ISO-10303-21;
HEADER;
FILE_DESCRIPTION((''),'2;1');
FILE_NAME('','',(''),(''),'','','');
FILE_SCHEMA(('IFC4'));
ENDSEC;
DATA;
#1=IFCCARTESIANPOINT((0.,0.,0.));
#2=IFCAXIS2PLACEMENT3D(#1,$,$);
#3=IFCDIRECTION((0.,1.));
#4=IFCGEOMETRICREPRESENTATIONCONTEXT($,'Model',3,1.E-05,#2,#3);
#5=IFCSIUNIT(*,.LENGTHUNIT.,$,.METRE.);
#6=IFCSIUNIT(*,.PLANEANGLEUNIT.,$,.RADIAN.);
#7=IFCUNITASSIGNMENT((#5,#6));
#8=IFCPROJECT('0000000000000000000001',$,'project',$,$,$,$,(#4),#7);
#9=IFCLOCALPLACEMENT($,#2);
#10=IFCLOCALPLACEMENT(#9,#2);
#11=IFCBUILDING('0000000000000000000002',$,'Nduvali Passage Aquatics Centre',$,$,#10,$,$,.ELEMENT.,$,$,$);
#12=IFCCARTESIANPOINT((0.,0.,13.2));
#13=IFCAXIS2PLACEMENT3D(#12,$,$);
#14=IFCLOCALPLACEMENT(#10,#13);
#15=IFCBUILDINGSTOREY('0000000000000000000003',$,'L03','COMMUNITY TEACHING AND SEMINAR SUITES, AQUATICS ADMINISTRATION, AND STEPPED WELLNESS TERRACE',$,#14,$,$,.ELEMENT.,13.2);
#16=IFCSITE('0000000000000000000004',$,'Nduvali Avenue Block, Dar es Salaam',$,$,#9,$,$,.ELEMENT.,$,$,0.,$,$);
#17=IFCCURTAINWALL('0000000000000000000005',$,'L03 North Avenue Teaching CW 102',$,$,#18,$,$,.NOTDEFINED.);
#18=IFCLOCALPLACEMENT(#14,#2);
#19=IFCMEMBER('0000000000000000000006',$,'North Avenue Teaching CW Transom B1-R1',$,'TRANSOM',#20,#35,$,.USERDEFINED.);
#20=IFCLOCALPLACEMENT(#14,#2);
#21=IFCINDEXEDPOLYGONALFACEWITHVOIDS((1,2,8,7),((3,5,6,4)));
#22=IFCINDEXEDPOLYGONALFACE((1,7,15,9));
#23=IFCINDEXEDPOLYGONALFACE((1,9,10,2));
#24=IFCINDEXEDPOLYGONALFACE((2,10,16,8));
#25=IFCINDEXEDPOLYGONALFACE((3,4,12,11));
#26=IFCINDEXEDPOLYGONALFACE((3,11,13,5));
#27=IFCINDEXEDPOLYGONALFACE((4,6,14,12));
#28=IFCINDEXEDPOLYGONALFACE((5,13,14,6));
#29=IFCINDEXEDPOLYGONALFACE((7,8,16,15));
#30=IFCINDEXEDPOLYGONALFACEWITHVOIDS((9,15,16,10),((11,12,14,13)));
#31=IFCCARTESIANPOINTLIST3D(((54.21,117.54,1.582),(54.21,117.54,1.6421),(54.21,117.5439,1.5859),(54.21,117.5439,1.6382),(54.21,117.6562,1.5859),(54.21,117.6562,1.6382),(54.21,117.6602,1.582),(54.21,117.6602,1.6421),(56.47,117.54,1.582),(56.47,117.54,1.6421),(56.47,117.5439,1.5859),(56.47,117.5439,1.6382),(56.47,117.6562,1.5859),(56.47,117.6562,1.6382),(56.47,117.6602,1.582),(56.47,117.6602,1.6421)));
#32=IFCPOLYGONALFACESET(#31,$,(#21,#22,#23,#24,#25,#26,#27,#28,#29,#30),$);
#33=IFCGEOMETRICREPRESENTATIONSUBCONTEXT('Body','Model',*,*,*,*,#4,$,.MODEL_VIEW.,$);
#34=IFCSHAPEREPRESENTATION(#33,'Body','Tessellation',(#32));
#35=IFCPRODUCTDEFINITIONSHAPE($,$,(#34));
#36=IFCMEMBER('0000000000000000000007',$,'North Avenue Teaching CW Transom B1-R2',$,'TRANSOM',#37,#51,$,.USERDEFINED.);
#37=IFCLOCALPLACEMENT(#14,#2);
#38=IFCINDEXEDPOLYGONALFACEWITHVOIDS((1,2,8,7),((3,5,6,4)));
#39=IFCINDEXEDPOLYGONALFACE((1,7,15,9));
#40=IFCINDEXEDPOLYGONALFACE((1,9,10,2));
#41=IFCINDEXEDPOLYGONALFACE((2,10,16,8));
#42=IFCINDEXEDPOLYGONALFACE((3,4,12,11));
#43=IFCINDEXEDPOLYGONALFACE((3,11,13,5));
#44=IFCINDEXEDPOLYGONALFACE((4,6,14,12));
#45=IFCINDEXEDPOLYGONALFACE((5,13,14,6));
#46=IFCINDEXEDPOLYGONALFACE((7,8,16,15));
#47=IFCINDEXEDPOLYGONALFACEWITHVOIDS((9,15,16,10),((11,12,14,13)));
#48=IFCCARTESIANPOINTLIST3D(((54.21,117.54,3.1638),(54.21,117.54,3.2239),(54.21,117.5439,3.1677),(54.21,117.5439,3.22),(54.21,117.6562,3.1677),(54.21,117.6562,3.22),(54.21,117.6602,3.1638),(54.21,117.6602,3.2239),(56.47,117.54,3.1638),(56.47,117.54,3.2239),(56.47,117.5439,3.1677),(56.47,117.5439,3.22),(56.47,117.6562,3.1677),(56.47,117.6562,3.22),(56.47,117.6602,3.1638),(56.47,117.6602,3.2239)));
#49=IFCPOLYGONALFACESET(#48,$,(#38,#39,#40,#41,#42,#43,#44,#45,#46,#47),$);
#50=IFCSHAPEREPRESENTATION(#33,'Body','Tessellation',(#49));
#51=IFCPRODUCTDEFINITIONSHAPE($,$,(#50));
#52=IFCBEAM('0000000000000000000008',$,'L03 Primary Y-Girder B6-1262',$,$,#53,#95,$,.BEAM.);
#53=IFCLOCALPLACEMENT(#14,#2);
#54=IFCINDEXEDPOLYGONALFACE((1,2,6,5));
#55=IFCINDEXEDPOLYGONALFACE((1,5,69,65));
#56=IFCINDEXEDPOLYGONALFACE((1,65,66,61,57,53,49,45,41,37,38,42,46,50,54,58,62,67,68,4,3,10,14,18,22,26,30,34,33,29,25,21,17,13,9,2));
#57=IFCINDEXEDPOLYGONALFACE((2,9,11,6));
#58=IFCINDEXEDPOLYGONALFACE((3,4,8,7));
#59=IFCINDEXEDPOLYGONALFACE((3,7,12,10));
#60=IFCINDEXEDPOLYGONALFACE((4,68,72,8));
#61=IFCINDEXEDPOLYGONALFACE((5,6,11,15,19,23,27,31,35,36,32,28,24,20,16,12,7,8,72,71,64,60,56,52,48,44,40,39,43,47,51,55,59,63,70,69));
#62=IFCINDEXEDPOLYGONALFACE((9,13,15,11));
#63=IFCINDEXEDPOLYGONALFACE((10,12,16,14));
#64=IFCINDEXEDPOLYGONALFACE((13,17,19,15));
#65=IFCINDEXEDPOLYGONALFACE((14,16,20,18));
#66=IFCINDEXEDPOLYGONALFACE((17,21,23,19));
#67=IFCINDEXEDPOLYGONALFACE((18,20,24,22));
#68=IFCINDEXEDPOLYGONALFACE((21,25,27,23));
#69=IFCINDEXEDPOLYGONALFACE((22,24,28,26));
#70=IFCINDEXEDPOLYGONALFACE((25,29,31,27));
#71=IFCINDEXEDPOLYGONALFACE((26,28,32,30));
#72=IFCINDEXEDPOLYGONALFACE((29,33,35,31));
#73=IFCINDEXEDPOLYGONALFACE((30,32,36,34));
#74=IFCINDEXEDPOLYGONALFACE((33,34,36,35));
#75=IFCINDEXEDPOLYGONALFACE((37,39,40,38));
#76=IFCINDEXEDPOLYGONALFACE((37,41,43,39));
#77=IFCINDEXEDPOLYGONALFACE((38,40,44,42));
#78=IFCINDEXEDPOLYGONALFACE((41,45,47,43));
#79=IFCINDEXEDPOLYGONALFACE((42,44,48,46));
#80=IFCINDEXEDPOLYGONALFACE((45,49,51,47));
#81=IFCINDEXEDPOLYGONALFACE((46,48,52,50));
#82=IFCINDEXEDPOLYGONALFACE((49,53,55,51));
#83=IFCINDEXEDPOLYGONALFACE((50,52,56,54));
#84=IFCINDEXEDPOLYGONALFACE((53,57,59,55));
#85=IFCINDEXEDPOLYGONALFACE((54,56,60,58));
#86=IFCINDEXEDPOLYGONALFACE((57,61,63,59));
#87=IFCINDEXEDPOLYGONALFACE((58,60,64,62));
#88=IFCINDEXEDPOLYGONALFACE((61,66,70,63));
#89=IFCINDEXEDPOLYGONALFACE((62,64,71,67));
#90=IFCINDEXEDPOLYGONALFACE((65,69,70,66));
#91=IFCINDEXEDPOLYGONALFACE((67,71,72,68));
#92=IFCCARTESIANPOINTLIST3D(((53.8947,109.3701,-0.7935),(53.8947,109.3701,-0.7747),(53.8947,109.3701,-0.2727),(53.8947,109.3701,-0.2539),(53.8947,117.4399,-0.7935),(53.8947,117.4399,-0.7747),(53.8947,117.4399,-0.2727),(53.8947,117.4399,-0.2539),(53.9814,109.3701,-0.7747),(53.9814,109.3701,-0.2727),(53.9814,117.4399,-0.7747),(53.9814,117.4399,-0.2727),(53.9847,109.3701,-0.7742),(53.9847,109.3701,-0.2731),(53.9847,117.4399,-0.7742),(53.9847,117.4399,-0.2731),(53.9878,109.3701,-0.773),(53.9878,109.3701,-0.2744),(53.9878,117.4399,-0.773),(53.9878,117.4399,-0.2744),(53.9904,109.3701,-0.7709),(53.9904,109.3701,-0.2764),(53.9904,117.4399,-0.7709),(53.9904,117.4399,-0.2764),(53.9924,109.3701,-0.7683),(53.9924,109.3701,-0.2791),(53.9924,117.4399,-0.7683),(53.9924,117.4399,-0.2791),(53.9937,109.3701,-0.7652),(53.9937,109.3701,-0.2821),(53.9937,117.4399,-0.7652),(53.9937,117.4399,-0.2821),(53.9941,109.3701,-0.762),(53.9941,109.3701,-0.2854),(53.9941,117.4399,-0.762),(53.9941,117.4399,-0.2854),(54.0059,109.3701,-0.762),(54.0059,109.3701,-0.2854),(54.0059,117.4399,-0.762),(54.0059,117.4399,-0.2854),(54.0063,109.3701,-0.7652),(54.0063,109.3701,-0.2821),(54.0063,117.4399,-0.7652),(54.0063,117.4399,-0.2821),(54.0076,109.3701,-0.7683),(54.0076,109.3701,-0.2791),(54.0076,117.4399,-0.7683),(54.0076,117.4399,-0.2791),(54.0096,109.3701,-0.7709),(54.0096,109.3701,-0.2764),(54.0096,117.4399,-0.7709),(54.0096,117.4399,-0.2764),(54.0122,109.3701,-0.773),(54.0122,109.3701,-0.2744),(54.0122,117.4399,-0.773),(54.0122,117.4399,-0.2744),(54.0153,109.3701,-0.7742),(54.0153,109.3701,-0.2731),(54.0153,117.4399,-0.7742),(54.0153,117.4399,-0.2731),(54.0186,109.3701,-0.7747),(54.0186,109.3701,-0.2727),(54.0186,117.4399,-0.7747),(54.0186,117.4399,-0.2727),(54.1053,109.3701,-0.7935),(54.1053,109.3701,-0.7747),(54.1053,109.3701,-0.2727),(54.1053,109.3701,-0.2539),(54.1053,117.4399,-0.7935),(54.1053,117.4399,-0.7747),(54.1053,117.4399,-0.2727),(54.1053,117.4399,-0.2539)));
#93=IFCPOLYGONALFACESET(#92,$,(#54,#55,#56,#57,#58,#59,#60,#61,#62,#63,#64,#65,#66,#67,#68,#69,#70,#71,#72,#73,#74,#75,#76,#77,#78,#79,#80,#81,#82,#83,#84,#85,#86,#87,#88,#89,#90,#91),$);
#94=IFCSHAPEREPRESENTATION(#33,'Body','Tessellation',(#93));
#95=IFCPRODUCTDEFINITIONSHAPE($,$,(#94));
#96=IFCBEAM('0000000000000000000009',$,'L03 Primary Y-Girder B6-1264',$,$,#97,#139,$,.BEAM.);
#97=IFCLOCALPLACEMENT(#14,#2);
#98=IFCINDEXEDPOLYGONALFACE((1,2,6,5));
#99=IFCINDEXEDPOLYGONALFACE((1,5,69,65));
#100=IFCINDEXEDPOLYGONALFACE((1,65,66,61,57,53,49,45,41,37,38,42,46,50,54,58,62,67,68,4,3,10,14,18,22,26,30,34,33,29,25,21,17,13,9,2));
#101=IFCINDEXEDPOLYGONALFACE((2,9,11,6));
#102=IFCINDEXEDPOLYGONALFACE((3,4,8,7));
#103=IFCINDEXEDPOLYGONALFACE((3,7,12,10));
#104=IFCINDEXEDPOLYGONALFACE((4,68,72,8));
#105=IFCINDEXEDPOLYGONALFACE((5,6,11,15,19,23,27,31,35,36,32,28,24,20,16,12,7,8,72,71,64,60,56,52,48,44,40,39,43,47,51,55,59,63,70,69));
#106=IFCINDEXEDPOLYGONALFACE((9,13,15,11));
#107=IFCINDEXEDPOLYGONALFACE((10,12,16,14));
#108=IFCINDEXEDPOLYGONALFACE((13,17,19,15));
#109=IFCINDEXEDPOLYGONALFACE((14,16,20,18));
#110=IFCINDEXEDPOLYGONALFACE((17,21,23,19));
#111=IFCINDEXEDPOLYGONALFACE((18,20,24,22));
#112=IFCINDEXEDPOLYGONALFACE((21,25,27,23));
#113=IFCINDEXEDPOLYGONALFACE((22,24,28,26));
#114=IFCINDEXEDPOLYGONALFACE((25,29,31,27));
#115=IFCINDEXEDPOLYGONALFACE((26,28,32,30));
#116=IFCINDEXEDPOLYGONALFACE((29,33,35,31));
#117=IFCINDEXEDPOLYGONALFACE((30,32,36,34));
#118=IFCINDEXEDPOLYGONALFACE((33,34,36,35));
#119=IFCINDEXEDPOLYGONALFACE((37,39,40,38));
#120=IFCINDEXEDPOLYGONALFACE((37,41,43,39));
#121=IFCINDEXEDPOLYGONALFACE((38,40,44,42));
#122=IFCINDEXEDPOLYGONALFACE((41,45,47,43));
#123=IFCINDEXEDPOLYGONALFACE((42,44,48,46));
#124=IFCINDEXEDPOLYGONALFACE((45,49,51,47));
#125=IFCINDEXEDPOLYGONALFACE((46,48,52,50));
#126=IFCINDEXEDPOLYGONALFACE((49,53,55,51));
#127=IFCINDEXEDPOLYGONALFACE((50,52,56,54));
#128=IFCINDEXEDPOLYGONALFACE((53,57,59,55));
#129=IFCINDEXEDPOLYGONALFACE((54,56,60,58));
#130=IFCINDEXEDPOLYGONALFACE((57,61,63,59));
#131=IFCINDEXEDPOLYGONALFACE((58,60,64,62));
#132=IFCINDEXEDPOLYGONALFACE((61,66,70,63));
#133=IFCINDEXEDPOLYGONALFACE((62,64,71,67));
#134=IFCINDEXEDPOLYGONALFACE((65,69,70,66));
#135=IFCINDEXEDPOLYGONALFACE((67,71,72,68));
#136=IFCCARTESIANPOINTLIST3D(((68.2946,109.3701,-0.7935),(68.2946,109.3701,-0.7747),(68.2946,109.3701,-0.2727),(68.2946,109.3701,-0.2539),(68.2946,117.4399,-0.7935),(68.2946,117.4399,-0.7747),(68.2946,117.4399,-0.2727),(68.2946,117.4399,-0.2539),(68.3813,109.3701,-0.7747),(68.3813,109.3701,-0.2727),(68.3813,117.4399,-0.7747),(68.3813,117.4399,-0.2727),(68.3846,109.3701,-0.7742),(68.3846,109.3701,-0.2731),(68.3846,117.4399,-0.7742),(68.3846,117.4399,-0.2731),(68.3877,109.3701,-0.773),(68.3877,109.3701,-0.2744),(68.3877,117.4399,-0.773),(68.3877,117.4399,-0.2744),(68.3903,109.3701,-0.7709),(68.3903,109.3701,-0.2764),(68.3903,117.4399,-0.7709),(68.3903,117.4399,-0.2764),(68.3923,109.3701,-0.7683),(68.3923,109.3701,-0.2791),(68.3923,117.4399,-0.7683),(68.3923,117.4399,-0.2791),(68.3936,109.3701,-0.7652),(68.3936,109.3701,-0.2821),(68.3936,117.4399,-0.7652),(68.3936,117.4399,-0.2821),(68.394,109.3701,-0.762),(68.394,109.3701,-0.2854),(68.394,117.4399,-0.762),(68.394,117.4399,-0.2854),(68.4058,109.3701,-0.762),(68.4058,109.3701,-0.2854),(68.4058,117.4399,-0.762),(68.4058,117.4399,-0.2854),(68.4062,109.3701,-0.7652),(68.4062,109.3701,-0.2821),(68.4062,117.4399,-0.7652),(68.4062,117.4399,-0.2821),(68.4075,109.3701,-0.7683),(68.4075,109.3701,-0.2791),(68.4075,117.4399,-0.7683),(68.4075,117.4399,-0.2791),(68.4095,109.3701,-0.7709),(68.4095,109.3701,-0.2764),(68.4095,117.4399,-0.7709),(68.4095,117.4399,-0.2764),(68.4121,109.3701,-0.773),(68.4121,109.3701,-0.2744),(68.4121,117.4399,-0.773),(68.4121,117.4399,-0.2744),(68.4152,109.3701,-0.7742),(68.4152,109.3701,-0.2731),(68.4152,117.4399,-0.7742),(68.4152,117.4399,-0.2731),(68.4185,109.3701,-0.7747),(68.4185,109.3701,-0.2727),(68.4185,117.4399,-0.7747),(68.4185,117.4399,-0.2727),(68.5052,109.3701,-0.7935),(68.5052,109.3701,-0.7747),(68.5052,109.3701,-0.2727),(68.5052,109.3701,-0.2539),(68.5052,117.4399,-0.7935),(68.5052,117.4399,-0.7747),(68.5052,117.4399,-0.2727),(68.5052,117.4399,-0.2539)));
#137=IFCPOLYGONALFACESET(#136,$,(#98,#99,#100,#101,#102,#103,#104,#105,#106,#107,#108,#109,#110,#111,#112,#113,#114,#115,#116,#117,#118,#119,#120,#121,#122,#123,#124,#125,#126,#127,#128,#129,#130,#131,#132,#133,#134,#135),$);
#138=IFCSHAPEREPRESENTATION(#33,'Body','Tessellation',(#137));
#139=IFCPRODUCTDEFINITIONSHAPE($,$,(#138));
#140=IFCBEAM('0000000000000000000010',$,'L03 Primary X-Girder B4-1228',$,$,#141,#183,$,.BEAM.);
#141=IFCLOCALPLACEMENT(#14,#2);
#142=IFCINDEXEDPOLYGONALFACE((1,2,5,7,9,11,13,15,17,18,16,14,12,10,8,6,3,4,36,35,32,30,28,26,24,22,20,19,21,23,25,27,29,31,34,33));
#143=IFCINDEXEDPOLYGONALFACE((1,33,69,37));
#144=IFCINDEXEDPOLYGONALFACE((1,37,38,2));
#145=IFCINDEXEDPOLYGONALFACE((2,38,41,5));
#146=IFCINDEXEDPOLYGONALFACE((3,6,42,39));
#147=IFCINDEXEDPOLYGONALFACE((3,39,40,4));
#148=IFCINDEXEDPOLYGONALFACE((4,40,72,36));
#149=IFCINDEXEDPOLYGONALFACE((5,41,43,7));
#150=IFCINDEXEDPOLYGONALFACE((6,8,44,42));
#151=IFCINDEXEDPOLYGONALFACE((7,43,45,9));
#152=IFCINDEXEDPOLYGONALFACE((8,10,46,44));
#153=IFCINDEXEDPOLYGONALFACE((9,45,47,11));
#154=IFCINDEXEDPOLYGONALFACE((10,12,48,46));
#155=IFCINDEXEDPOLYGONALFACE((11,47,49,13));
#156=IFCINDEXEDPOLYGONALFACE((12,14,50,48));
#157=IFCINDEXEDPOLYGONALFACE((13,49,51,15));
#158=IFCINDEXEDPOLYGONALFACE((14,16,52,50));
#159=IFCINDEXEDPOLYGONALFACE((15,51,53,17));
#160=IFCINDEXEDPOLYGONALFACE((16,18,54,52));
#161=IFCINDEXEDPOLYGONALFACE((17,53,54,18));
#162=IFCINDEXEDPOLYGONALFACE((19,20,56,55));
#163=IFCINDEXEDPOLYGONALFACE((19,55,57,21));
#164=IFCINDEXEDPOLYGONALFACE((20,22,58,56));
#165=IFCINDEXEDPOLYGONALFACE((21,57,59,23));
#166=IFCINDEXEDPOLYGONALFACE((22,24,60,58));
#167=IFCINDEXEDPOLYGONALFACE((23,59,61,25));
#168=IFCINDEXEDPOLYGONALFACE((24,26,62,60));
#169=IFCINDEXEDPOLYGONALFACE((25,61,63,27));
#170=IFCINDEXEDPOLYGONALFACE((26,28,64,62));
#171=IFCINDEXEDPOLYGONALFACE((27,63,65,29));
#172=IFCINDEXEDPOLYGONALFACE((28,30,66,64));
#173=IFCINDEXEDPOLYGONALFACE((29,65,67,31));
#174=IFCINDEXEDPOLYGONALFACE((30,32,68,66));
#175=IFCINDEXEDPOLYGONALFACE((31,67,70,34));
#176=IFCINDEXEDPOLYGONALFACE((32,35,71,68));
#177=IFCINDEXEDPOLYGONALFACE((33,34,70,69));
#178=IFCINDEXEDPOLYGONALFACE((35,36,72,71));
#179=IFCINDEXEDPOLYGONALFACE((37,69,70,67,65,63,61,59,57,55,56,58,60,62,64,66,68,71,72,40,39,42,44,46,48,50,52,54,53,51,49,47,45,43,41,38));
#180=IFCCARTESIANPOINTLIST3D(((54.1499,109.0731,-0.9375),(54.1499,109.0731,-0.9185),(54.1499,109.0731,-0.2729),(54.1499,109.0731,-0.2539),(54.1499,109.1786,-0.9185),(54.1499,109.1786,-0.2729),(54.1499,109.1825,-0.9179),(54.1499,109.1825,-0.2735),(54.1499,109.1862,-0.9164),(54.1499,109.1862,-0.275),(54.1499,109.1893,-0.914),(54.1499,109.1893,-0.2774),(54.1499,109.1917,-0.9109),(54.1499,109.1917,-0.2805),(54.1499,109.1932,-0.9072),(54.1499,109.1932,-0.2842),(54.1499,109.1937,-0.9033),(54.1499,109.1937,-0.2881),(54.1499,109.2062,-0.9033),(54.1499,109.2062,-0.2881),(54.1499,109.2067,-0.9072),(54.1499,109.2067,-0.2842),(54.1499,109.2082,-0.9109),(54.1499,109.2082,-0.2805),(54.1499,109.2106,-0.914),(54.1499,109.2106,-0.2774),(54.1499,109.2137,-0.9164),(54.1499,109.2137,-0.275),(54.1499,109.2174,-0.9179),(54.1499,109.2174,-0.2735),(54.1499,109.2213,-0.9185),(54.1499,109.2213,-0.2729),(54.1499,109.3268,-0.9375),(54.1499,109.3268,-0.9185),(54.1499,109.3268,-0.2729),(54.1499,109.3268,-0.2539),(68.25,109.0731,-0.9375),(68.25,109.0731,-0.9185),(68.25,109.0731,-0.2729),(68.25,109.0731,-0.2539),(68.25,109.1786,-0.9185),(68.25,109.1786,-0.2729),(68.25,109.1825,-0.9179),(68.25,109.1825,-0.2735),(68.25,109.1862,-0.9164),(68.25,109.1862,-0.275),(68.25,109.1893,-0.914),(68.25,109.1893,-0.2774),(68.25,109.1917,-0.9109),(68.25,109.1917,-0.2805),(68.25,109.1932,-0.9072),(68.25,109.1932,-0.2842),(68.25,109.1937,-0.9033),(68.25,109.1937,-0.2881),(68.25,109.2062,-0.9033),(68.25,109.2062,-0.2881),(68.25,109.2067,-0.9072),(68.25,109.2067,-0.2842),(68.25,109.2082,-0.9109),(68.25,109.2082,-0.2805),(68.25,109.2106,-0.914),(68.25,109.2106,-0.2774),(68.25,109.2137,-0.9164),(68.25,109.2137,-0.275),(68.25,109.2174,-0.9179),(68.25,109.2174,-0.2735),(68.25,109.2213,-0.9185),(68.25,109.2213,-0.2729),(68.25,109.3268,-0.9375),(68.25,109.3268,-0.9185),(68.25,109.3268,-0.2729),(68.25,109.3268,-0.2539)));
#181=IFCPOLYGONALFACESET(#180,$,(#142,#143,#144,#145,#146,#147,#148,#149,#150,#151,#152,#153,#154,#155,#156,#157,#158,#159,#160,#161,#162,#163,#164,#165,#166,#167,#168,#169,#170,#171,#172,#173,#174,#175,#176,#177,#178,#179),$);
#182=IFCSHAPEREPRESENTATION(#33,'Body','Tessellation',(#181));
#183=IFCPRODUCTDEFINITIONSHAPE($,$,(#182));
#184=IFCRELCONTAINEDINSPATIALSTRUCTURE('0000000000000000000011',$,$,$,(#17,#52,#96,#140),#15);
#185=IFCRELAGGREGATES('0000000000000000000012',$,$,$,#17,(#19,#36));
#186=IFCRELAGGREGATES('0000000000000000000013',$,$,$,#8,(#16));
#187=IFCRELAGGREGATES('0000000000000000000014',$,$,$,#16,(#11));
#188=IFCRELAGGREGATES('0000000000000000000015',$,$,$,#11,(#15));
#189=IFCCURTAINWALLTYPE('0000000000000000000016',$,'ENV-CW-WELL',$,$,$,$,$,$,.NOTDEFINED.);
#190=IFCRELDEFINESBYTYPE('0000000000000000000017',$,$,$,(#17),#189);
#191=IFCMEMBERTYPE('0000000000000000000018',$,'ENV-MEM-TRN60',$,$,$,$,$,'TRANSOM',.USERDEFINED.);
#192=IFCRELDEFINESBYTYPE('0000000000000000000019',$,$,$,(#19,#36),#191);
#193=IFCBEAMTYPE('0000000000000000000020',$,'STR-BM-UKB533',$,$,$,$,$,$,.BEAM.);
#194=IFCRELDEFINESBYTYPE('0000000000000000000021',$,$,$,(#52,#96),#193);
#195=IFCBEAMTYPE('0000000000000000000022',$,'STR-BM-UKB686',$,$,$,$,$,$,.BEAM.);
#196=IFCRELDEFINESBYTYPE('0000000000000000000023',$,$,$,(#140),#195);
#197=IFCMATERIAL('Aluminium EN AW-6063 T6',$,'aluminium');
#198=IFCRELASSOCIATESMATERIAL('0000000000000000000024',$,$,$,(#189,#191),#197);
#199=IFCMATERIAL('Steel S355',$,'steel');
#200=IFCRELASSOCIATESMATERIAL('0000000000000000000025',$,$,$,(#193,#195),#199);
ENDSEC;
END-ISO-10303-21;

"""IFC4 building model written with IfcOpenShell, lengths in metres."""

from ifc_helpers import new_model, si_unit, direction, frame, origin, origin_2d, place, context, subcontext, project, spatial, hollow_rectangle, i_section, extrude, material, material_profile, profile_set, type_object, element, aggregate, save


model = new_model("IFC4")

# Units and contexts
model_context = context("Model", 3, precision=1e-05, world=origin(), true_north=direction((0.0, 1.0)))
body_context = subcontext(model_context, "Body", "Model", "MODEL_VIEW")
ifc_project = project(units=[si_unit("LENGTHUNIT", "METRE"), si_unit("PLANEANGLEUNIT", "RADIAN")], contexts=[model_context])

# Site, building, storey
site_placement = place(None, origin())
site = spatial("IfcSite", under=ifc_project, at=site_placement, Name="Nduvali Avenue Block, Dar es Salaam", CompositionType="ELEMENT", RefElevation=0.0)
building_placement = place(site_placement, origin())
building = spatial("IfcBuilding", under=site, at=building_placement, Name="Nduvali Passage Aquatics Centre", CompositionType="ELEMENT")
storey_placement = place(building_placement, frame((0.0, 0.0, 13.2)))
storey = spatial("IfcBuildingStorey", under=building, at=storey_placement, Name="L03", Description="COMMUNITY TEACHING AND SEMINAR SUITES, AQUATICS ADMINISTRATION, AND STEPPED WELLNESS TERRACE", CompositionType="ELEMENT", Elevation=13.2)

# Shared definitions
ifc_material_1 = material(Name="Steel S355", Category="steel")

# Curtain wall, members
ifc_material_2 = material(Name="Aluminium EN AW-6063 T6", Category="aluminium")
curtain_wall_type = type_object("IfcCurtainWallType", Name="ENV-CW-WELL", PredefinedType="NOTDEFINED", material=ifc_material_2)
curtain_wall_placement = place(storey_placement, origin())
curtain_wall = element("IfcCurtainWall", 1, at=curtain_wall_placement, inside=storey, type_object=curtain_wall_type, Name="L03 North Avenue Teaching CW 102", PredefinedType="NOTDEFINED")
ifc_material_profile_1 = material_profile(ifc_material_2, hollow_rectangle(XDim=0.1201, YDim=0.0601, WallThickness=0.0039, at=origin_2d()), Name="ALU TRANSOM 120x60x4")
ifc_profile_set_1 = profile_set([ifc_material_profile_1], Name="Aluminium EN AW-6063 T6")
member_type_1 = type_object("IfcMemberType", Name="ENV-MEM-TRN60", ElementType="TRANSOM", PredefinedType="USERDEFINED", material=ifc_profile_set_1)
member_1_placement = place(storey_placement, frame((54.21, 117.6001, 1.6121), z_axis=(1.0, 0.0, 0.0), x_axis=(0.0, 1.0, 0.0)))
member_1 = element("IfcMember", 2, at=member_1_placement, type_object=member_type_1, Name="North Avenue Teaching CW Transom B1-R1", ObjectType="TRANSOM", PredefinedType="USERDEFINED", context=body_context, shape_type="SweptSolid", body=[
    extrude(hollow_rectangle(XDim=0.1201, YDim=0.0601, WallThickness=0.0039, at=origin_2d()), origin(), (0.0, 0.0, 1.0), 2.26),
])
member_2_placement = place(storey_placement, frame((54.21, 117.6001, 3.1938), z_axis=(1.0, 0.0, 0.0), x_axis=(0.0, 1.0, 0.0)))
member_2 = element("IfcMember", 3, at=member_2_placement, type_object=member_type_1, Name="North Avenue Teaching CW Transom B1-R2", ObjectType="TRANSOM", PredefinedType="USERDEFINED", context=body_context, shape_type="SweptSolid", body=[
    extrude(hollow_rectangle(XDim=0.1201, YDim=0.0601, WallThickness=0.0039, at=origin_2d()), origin(), (0.0, 0.0, 1.0), 2.26),
])

# Beams
ifc_material_profile_2 = material_profile(ifc_material_1, i_section(OverallWidth=0.2107, OverallDepth=0.5396, WebThickness=0.0117, FlangeThickness=0.0188, FilletRadius=0.0127, at=origin_2d()), Name="UKB 533x210x109")
ifc_profile_set_2 = profile_set([ifc_material_profile_2], Name="Steel S355")
beam_type_1 = type_object("IfcBeamType", Name="STR-BM-UKB533", PredefinedType="BEAM", material=ifc_profile_set_2)
for number, where, z_axis, x_axis, name in (
    (4, (54.0, 109.3701, -0.5237), (0.0, 1.0, 0.0), (-1.0, 0.0, 0.0), "L03 Primary Y-Girder B6-1262"),
    (5, (68.3999, 109.3701, -0.5237), (0.0, 1.0, 0.0), (-1.0, 0.0, 0.0), "L03 Primary Y-Girder B6-1264"),
):
    element("IfcBeam", number, at=place(storey_placement, frame(where, z_axis=z_axis, x_axis=x_axis)), inside=storey, type_object=beam_type_1, Name=name, PredefinedType="BEAM", context=body_context, shape_type="SweptSolid", body=[
        extrude(i_section(OverallWidth=0.2107, OverallDepth=0.5396, WebThickness=0.0117, FlangeThickness=0.0188, FilletRadius=0.0127, at=origin_2d()), origin(), (0.0, 0.0, 1.0), 8.0698),
    ])
ifc_material_profile_3 = material_profile(ifc_material_1, i_section(OverallWidth=0.2537, OverallDepth=0.6836, WebThickness=0.0125, FlangeThickness=0.019, FilletRadius=0.0151, at=origin_2d()), Name="UKB 686x254x140")
ifc_profile_set_3 = profile_set([ifc_material_profile_3], Name="Steel S355")
beam_type_2 = type_object("IfcBeamType", Name="STR-BM-UKB686", PredefinedType="BEAM", material=ifc_profile_set_3)
beam_1_placement = place(storey_placement, frame((54.1499, 109.2, -0.5957), z_axis=(1.0, 0.0, 0.0), x_axis=(0.0, 1.0, 0.0)))
element("IfcBeam", 6, at=beam_1_placement, inside=storey, type_object=beam_type_2, Name="L03 Primary X-Girder B4-1228", PredefinedType="BEAM", context=body_context, shape_type="SweptSolid", body=[
    extrude(i_section(OverallWidth=0.2537, OverallDepth=0.6836, WebThickness=0.0125, FlangeThickness=0.019, FilletRadius=0.0151, at=origin_2d()), origin(), (0.0, 0.0, 1.0), 14.1001),
])

aggregate(curtain_wall, [member_1, member_2])

save(model, "model.ifc")
